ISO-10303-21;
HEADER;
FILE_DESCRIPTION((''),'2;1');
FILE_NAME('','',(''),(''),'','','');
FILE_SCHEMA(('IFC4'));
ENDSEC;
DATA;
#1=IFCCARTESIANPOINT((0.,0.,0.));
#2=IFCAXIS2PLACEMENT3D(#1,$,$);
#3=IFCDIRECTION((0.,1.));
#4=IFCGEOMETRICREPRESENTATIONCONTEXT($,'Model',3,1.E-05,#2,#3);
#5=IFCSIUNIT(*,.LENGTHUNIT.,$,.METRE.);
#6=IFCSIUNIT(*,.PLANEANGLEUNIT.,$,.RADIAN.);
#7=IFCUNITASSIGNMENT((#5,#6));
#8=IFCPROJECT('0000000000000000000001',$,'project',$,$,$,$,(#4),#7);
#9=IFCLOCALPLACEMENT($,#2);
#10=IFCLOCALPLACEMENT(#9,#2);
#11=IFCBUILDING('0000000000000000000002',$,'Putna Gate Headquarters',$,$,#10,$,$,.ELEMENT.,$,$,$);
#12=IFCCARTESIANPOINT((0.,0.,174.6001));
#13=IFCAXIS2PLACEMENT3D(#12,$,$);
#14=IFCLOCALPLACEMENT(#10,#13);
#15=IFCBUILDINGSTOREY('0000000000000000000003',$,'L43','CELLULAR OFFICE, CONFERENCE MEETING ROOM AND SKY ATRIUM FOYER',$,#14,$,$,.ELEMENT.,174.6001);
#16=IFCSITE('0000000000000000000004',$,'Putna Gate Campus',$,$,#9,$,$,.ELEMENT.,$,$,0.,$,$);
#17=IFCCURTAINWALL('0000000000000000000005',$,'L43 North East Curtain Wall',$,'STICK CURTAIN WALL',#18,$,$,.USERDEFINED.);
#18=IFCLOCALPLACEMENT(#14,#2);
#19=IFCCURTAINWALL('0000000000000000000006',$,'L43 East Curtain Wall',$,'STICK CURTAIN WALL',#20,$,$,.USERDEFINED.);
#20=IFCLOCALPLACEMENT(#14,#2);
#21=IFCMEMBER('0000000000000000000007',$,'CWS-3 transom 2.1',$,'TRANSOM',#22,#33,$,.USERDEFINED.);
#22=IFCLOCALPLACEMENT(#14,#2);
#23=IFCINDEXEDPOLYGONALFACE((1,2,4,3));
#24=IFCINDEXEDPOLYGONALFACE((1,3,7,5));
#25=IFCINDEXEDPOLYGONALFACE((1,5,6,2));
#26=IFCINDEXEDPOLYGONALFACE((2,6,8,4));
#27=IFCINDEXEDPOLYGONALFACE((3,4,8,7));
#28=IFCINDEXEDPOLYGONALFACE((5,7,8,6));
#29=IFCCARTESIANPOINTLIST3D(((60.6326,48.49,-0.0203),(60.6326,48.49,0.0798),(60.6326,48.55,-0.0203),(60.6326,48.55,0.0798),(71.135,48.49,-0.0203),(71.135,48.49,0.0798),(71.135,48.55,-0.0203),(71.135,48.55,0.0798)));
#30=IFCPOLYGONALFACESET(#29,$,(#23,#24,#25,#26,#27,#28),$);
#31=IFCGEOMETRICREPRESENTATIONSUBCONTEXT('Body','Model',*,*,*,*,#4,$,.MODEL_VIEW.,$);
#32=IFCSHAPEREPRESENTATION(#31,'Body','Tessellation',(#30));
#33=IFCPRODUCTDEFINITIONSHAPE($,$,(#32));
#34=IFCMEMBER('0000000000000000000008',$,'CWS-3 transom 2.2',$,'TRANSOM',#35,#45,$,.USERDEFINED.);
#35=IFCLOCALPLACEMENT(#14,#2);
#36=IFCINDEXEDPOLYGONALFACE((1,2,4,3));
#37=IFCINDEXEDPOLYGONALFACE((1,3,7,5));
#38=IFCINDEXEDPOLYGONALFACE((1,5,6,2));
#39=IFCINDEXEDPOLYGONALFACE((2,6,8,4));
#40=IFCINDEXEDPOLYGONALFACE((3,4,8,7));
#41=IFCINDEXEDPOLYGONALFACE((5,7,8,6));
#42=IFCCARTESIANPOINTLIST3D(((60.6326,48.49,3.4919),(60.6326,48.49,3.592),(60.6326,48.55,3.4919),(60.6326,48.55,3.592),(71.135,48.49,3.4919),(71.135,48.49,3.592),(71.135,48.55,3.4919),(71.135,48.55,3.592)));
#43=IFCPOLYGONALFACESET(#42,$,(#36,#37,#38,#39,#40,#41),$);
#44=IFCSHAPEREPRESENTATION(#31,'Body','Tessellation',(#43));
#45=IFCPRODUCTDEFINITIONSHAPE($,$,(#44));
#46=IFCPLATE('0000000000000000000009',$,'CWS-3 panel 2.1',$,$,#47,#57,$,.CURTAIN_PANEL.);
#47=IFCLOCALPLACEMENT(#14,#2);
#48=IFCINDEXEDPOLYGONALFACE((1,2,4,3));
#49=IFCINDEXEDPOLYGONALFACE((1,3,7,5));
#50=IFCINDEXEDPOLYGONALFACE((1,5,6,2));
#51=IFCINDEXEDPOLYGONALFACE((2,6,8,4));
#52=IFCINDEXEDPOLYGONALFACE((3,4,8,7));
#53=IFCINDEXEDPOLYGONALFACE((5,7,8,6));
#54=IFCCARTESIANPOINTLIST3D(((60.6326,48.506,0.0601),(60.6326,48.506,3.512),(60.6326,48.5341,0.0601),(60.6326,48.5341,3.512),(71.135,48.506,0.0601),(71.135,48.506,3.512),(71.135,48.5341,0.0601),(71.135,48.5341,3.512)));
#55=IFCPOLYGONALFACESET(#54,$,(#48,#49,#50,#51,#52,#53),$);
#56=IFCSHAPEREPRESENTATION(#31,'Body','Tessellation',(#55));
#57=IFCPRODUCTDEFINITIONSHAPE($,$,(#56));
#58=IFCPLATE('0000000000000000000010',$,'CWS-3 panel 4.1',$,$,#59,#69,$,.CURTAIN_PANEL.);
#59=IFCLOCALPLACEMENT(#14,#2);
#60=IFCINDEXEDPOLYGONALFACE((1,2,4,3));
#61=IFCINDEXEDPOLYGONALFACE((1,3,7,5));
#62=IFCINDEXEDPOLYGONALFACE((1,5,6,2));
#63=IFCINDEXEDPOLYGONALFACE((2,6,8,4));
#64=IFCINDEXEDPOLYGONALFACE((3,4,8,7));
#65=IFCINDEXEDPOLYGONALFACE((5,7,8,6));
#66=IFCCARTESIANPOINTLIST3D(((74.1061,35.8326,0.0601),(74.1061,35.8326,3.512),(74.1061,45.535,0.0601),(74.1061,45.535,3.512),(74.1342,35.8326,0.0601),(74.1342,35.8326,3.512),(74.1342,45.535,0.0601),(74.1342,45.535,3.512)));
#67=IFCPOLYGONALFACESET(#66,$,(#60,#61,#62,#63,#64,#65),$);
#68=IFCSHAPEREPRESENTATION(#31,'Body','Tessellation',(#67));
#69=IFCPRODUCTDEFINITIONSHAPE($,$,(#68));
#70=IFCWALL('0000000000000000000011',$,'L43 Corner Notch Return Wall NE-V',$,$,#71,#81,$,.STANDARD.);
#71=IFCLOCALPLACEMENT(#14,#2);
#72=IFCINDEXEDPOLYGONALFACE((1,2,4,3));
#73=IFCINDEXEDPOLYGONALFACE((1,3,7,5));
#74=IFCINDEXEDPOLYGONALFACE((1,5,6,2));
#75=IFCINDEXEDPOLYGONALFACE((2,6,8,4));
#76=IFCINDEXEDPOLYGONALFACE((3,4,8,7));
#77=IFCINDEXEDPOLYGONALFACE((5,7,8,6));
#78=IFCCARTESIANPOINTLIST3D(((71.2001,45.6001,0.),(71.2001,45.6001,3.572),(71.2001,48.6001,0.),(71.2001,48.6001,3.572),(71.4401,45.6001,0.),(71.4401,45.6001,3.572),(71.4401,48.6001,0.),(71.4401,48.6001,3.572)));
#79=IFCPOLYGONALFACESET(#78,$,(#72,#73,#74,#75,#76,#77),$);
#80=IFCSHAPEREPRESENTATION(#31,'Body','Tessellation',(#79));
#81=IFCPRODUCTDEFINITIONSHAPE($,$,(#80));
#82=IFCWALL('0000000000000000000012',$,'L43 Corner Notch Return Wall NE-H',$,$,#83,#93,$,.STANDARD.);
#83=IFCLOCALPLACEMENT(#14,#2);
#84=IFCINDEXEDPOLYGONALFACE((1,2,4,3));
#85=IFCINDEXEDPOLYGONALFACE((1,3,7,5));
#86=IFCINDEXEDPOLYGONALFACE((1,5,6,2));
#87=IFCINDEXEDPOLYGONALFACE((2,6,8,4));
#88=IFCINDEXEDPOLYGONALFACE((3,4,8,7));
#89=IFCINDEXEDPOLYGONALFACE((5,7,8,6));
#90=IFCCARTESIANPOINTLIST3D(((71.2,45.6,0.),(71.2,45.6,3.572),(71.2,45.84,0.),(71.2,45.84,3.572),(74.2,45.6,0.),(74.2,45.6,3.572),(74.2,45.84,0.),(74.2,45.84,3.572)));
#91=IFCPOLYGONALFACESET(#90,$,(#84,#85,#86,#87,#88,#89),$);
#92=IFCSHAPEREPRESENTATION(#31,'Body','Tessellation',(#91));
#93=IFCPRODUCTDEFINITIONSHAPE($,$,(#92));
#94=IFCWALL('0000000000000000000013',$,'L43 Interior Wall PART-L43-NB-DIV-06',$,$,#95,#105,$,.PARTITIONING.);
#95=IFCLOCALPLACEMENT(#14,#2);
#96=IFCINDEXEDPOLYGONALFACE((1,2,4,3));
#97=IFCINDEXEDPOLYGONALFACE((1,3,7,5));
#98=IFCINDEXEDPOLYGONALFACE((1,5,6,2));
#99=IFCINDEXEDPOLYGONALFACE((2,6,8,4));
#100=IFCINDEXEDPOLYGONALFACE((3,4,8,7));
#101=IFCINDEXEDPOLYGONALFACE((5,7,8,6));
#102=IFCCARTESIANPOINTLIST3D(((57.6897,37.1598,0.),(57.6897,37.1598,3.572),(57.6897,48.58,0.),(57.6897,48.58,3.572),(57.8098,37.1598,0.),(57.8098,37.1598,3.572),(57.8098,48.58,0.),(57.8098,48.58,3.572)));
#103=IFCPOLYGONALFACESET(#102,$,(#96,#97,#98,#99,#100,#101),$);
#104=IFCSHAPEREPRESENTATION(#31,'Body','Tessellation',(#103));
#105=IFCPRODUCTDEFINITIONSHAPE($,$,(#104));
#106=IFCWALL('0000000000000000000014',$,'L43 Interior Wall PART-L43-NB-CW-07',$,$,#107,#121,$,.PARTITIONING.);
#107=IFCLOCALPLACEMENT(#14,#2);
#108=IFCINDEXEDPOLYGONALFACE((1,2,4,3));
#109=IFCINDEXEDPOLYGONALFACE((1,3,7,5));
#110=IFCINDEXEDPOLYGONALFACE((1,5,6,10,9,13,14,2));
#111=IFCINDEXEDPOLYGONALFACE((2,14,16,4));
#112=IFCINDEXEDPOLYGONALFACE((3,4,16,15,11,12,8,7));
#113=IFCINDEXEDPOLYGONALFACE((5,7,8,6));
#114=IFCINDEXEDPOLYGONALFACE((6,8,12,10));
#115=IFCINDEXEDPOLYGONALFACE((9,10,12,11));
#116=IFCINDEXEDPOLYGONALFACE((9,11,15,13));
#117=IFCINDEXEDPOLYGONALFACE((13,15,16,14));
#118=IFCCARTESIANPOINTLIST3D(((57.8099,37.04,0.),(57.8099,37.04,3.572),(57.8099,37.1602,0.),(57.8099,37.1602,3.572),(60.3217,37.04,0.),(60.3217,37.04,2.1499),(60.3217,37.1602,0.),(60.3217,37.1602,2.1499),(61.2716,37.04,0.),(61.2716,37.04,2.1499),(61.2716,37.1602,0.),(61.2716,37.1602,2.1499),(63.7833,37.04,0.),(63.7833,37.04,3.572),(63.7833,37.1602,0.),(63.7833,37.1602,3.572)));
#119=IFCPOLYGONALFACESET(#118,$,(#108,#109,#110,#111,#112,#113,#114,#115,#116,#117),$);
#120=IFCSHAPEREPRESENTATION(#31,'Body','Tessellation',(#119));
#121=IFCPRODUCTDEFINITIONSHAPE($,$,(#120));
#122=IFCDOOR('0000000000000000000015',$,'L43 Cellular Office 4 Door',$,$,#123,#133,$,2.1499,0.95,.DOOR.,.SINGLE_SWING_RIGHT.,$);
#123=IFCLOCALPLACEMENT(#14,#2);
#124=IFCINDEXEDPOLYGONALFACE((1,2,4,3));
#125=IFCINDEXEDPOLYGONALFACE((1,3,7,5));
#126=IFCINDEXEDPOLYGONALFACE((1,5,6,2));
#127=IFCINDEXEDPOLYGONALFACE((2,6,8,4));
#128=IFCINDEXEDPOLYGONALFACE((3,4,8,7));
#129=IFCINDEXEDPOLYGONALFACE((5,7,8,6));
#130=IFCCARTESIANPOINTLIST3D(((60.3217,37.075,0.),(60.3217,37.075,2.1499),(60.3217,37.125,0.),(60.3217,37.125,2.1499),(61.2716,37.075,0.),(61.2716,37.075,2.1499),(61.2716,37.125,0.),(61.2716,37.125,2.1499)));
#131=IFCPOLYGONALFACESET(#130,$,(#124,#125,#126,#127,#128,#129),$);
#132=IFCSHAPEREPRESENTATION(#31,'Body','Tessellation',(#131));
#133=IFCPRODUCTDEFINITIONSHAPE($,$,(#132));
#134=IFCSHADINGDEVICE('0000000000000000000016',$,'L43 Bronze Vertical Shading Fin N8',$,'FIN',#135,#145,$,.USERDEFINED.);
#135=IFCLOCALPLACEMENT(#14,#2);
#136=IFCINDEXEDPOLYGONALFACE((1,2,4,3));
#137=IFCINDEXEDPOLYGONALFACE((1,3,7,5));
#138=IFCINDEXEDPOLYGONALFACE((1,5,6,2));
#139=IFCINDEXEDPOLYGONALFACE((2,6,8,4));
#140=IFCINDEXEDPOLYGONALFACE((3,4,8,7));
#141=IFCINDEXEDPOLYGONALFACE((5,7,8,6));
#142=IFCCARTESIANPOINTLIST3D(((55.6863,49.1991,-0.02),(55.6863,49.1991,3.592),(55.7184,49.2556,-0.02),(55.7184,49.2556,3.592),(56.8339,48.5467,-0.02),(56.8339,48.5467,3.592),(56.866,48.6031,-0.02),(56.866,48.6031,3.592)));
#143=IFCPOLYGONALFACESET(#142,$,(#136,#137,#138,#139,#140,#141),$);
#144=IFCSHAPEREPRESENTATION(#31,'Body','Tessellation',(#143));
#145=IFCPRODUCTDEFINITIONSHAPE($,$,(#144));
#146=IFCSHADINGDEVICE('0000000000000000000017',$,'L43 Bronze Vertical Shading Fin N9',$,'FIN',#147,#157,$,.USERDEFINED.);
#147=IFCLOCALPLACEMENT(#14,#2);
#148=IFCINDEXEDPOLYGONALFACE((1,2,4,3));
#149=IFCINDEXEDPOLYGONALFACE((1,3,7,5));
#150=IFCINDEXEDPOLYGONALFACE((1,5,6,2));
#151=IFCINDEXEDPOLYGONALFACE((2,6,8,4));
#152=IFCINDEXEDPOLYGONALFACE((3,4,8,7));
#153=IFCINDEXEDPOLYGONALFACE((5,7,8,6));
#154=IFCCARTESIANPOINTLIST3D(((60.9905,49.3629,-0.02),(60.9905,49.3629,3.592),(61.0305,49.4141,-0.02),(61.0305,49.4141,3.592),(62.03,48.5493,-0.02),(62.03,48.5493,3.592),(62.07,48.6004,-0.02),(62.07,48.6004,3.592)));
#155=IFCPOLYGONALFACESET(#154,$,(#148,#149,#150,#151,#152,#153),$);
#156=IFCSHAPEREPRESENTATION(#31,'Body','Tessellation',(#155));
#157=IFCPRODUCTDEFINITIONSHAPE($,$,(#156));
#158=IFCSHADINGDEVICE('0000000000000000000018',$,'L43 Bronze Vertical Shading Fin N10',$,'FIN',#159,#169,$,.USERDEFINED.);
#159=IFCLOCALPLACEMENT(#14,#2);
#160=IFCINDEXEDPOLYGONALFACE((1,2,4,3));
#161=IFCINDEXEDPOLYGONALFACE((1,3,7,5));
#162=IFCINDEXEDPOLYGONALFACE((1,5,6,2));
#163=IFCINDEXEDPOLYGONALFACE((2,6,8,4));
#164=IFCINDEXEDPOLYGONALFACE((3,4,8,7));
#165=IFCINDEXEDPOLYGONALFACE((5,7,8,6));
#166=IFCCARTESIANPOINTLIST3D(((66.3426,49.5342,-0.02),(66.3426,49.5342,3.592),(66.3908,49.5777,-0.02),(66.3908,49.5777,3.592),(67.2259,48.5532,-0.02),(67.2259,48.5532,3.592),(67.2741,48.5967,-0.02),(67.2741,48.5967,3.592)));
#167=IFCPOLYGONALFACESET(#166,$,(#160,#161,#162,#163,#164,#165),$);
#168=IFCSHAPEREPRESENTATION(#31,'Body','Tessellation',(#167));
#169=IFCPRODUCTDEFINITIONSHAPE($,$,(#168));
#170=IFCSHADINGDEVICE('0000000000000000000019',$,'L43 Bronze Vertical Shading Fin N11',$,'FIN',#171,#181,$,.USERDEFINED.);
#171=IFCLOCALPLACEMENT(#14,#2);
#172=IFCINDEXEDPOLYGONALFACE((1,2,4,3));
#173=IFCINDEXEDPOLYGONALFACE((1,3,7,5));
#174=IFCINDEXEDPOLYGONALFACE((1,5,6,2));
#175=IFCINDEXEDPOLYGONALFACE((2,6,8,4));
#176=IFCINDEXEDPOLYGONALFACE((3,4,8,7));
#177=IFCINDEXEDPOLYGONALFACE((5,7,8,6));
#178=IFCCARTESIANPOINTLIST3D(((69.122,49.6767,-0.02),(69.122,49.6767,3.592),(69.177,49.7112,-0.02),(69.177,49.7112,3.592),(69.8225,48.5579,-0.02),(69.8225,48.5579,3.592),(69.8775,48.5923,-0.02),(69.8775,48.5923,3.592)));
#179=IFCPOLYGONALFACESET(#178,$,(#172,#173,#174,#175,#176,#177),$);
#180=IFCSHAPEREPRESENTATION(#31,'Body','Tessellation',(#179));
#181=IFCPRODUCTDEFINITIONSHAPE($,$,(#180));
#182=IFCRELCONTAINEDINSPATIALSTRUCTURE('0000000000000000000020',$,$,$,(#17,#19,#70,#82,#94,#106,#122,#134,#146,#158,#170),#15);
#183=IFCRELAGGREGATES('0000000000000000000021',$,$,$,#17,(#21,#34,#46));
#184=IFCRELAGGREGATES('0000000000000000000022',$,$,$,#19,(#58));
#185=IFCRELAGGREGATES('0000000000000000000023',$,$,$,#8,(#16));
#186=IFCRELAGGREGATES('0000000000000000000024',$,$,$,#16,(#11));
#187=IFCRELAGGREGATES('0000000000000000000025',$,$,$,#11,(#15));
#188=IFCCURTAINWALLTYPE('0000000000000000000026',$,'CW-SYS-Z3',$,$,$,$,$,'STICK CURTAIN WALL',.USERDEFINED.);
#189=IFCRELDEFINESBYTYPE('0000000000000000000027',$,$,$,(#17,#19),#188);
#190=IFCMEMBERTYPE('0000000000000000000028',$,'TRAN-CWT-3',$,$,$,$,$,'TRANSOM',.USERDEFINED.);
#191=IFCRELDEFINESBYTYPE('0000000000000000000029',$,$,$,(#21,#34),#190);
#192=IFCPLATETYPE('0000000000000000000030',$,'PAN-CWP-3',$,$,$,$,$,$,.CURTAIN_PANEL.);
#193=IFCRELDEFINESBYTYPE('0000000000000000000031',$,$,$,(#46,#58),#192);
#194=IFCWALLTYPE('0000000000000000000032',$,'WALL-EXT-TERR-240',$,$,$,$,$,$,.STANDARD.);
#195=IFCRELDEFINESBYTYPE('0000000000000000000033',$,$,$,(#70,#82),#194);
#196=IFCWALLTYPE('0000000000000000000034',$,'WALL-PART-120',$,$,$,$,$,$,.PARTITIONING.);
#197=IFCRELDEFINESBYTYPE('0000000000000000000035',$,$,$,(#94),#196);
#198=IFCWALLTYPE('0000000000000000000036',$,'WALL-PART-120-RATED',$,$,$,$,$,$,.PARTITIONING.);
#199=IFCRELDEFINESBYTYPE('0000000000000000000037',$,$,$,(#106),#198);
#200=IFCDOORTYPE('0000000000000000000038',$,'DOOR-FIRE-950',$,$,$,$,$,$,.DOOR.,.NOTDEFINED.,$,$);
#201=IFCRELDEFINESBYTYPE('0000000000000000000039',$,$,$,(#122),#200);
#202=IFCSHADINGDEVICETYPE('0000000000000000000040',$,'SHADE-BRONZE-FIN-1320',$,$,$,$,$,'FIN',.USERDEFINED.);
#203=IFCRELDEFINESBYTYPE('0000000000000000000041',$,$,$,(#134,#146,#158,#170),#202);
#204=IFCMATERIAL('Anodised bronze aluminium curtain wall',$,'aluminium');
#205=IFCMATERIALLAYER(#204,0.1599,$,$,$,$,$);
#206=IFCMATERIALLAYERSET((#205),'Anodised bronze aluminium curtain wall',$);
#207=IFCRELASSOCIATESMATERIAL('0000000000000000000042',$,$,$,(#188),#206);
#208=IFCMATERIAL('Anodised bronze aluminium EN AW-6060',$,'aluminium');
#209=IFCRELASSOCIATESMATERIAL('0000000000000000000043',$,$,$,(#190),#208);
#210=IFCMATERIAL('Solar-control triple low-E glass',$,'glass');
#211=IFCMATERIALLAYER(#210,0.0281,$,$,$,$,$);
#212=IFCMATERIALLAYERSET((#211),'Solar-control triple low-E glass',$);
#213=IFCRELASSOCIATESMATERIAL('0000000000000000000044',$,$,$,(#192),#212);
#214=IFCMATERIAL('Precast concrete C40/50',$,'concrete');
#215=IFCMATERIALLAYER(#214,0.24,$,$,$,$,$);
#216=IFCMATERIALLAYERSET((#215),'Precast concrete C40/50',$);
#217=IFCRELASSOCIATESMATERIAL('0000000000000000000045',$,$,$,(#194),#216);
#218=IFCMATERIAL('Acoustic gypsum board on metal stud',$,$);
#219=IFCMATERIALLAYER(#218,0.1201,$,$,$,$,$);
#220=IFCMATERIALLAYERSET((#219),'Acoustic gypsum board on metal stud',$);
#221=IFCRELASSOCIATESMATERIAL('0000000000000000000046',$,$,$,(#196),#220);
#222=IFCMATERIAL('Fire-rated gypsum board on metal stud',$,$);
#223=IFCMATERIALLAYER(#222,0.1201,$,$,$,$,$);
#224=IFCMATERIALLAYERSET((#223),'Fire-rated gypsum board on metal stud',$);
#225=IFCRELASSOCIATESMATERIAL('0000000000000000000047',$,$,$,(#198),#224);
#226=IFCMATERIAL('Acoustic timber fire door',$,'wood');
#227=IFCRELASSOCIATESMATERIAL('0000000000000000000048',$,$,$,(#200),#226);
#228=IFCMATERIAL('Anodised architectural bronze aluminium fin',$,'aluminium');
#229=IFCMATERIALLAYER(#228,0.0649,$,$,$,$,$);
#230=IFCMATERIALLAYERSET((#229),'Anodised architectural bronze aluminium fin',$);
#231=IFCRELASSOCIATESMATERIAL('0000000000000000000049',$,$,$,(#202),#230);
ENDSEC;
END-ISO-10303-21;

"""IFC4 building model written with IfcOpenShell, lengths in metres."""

from ifc_helpers import new_model, si_unit, direction, frame, frame_2d, origin, origin_2d, place, context, subcontext, project, spatial, rectangle, extrude, material, layer, layer_set, material_profile, profile_set, type_object, element, fill, aggregate, save


model = new_model("IFC4")

# Units and contexts
model_context = context("Model", 3, precision=1e-05, world=origin(), true_north=direction((0.0, 1.0)))
body_context = subcontext(model_context, "Body", "Model", "MODEL_VIEW")
ifc_project = project(units=[si_unit("LENGTHUNIT", "METRE"), si_unit("PLANEANGLEUNIT", "RADIAN")], contexts=[model_context])

# Site, building, storey
site_placement = place(None, origin())
site = spatial("IfcSite", under=ifc_project, at=site_placement, Name="Putna Gate Campus", CompositionType="ELEMENT", RefElevation=0.0)
building_placement = place(site_placement, origin())
building = spatial("IfcBuilding", under=site, at=building_placement, Name="Putna Gate Headquarters", CompositionType="ELEMENT")
storey_placement = place(building_placement, frame((0.0, 0.0, 174.6001)))
storey = spatial("IfcBuildingStorey", under=building, at=storey_placement, Name="L43", Description="CELLULAR OFFICE, CONFERENCE MEETING ROOM AND SKY ATRIUM FOYER", CompositionType="ELEMENT", Elevation=174.6001)

# Curtain wall
ifc_material_1 = material(Name="Anodised bronze aluminium curtain wall", Category="aluminium")
ifc_layer_1 = layer(ifc_material_1, 0.1599)
ifc_layer_set_1 = layer_set([ifc_layer_1], Name="Anodised bronze aluminium curtain wall")
curtain_wall_type = type_object("IfcCurtainWallType", Name="CW-SYS-Z3", ElementType="STICK CURTAIN WALL", PredefinedType="USERDEFINED", material=ifc_layer_set_1)
curtain_wall_1_placement = place(storey_placement, origin())
curtain_wall_1 = element("IfcCurtainWall", 1, at=curtain_wall_1_placement, inside=storey, type_object=curtain_wall_type, Name="L43 North East Curtain Wall", ObjectType="STICK CURTAIN WALL", PredefinedType="USERDEFINED")
ifc_material_2 = material(Name="Anodised bronze aluminium EN AW-6060", Category="aluminium")

# Curtain wall
curtain_wall_2_placement = place(storey_placement, origin())
curtain_wall_2 = element("IfcCurtainWall", 2, at=curtain_wall_2_placement, inside=storey, type_object=curtain_wall_type, Name="L43 East Curtain Wall", ObjectType="STICK CURTAIN WALL", PredefinedType="USERDEFINED")

# Members
ifc_material_profile_1 = material_profile(ifc_material_2, rectangle(XDim=0.0601, YDim=0.1001, at=origin_2d()), Name="Anodised bronze aluminium EN AW-6060")
ifc_profile_set_1 = profile_set([ifc_material_profile_1], Name="Anodised bronze aluminium EN AW-6060")
member_type_1 = type_object("IfcMemberType", Name="TRAN-CWT-3", ElementType="TRANSOM", PredefinedType="USERDEFINED", material=ifc_profile_set_1)
member_1_placement = place(storey_placement, frame((60.6326, 48.52, 0.0298), z_axis=(1.0, 0.0, 0.0), x_axis=(0.0, 1.0, 0.0)))
member_1 = element("IfcMember", 3, at=member_1_placement, type_object=member_type_1, Name="CWS-3 transom 2.1", ObjectType="TRANSOM", PredefinedType="USERDEFINED", context=body_context, shape_type="SweptSolid", body=[
    extrude(rectangle(XDim=0.0601, YDim=0.1001, at=origin_2d()), origin(), (0.0, 0.0, 1.0), 10.5024),
])
member_2_placement = place(storey_placement, frame((60.6326, 48.52, 3.542), z_axis=(1.0, 0.0, 0.0), x_axis=(0.0, 1.0, 0.0)))
member_2 = element("IfcMember", 4, at=member_2_placement, type_object=member_type_1, Name="CWS-3 transom 2.2", ObjectType="TRANSOM", PredefinedType="USERDEFINED", context=body_context, shape_type="SweptSolid", body=[
    extrude(rectangle(XDim=0.0601, YDim=0.1001, at=origin_2d()), origin(), (0.0, 0.0, 1.0), 10.5024),
])

# Plates
ifc_material_3 = material(Name="Solar-control triple low-E glass", Category="glass")
ifc_layer_2 = layer(ifc_material_3, 0.0281)
ifc_layer_set_2 = layer_set([ifc_layer_2], Name="Solar-control triple low-E glass")
plate_type = type_object("IfcPlateType", Name="PAN-CWP-3", PredefinedType="CURTAIN_PANEL", material=ifc_layer_set_2)
plate_1_placement = place(storey_placement, frame((65.8838, 48.52, 0.0601), z_axis=(0.0, 0.0, 1.0), x_axis=(1.0, 0.0, 0.0)))
plate_1 = element("IfcPlate", 5, at=plate_1_placement, type_object=plate_type, Name="CWS-3 panel 2.1", PredefinedType="CURTAIN_PANEL", context=body_context, shape_type="SweptSolid", body=[
    extrude(rectangle(XDim=10.5024, YDim=0.0281, at=origin_2d()), origin(), (0.0, 0.0, 1.0), 3.4519),
])
aggregate(curtain_wall_1, [member_1, member_2, plate_1])
plate_2_placement = place(storey_placement, frame((74.1201, 40.6838, 0.0601), z_axis=(0.0, 0.0, 1.0), x_axis=(0.0, 1.0, 0.0)))
plate_2 = element("IfcPlate", 6, at=plate_2_placement, type_object=plate_type, Name="CWS-3 panel 4.1", PredefinedType="CURTAIN_PANEL", context=body_context, shape_type="SweptSolid", body=[
    extrude(rectangle(XDim=9.7024, YDim=0.0281, at=origin_2d()), origin(), (0.0, 0.0, 1.0), 3.4519),
])
aggregate(curtain_wall_2, [plate_2])

# Walls
ifc_material_4 = material(Name="Precast concrete C40/50", Category="concrete")
ifc_layer_3 = layer(ifc_material_4, 0.24)
ifc_layer_set_3 = layer_set([ifc_layer_3], Name="Precast concrete C40/50")
wall_type_1 = type_object("IfcWallType", Name="WALL-EXT-TERR-240", PredefinedType="STANDARD", material=ifc_layer_set_3)
for number, where, z_axis, x_axis, name in (
    (7, (71.3201, 48.6001, 0.0), (0.0, 0.0, 1.0), (0.0, -1.0, 0.0), "L43 Corner Notch Return Wall NE-V"),
    (8, (71.2, 45.72, 0.0), (0.0, 0.0, 1.0), (1.0, 0.0, 0.0), "L43 Corner Notch Return Wall NE-H"),
):
    element("IfcWall", number, at=place(storey_placement, frame(where, z_axis=z_axis, x_axis=x_axis)), inside=storey, type_object=wall_type_1, Name=name, PredefinedType="STANDARD", context=body_context, shape_type="SweptSolid", body=[
        extrude(rectangle(XDim=3.0, YDim=0.24, at=frame_2d((1.5, 0.0))), origin(), (0.0, 0.0, 1.0), 3.572),
    ])
ifc_material_5 = material(Name="Acoustic gypsum board on metal stud")
ifc_layer_4 = layer(ifc_material_5, 0.1201)
ifc_layer_set_4 = layer_set([ifc_layer_4], Name="Acoustic gypsum board on metal stud")
wall_type_2 = type_object("IfcWallType", Name="WALL-PART-120", PredefinedType="PARTITIONING", material=ifc_layer_set_4)
wall_1_placement = place(storey_placement, frame((57.7498, 37.1599, 0.0), z_axis=(0.0, 0.0, 1.0), x_axis=(0.0, 1.0, 0.0)))
element("IfcWall", 9, at=wall_1_placement, inside=storey, type_object=wall_type_2, Name="L43 Interior Wall PART-L43-NB-DIV-06", PredefinedType="PARTITIONING", context=body_context, shape_type="SweptSolid", body=[
    extrude(rectangle(XDim=11.4202, YDim=0.1201, at=frame_2d((5.71, 0.0))), origin(), (0.0, 0.0, 1.0), 3.572),
])

# Wall, opening, door
ifc_material_6 = material(Name="Fire-rated gypsum board on metal stud")
ifc_layer_5 = layer(ifc_material_6, 0.1201)
ifc_layer_set_5 = layer_set([ifc_layer_5], Name="Fire-rated gypsum board on metal stud")
wall_type_3 = type_object("IfcWallType", Name="WALL-PART-120-RATED", PredefinedType="PARTITIONING", material=ifc_layer_set_5)
wall_2_placement = place(storey_placement, frame((57.8098, 37.1001, 0.0), z_axis=(0.0, 0.0, 1.0), x_axis=(1.0, 0.0, 0.0)))
wall_2 = element("IfcWall", 10, at=wall_2_placement, inside=storey, type_object=wall_type_3, Name="L43 Interior Wall PART-L43-NB-CW-07", PredefinedType="PARTITIONING", context=body_context, shape_type="SweptSolid", body=[
    extrude(rectangle(XDim=5.9734, YDim=0.1201, at=frame_2d((2.9868, 0.0))), origin(), (0.0, 0.0, 1.0), 3.572),
])
opening_placement = place(wall_2_placement, frame((2.5117, 0.0, 0.0)))
opening = element("IfcOpeningElement", 11, at=opening_placement, cuts=wall_2, PredefinedType="OPENING", context=body_context, shape_type="SweptSolid", body=[
    extrude(rectangle(XDim=0.95, YDim=2.1499, at=frame_2d((0.4751, 1.075))), frame((0.0, 0.0701, 0.0), z_axis=(0.0, -1.0, 0.0), x_axis=(1.0, 0.0, 0.0)), (0.0, 0.0, 1.0), 0.1401),
])
ifc_material_7 = material(Name="Acoustic timber fire door", Category="wood")
door_type = type_object("IfcDoorType", Name="DOOR-FIRE-950", OperationType="NOTDEFINED", PredefinedType="DOOR", material=ifc_material_7)
door_placement = place(opening_placement, origin())
door = element("IfcDoor", 12, at=door_placement, inside=storey, type_object=door_type, Name="L43 Cellular Office 4 Door", OperationType="SINGLE_SWING_RIGHT", OverallHeight=2.1499, OverallWidth=0.95, PredefinedType="DOOR", context=body_context, shape_type="SweptSolid", body=[
    extrude(rectangle(XDim=0.95, YDim=2.1499, at=frame_2d((0.4751, 1.075))), frame((0.0, 0.0249, 0.0), z_axis=(0.0, -1.0, 0.0), x_axis=(1.0, 0.0, 0.0)), (0.0, 0.0, 1.0), 0.05),
])
fill(opening, door)

# Shading devices
ifc_material_8 = material(Name="Anodised architectural bronze aluminium fin", Category="aluminium")
ifc_layer_6 = layer(ifc_material_8, 0.0649)
ifc_layer_set_6 = layer_set([ifc_layer_6], Name="Anodised architectural bronze aluminium fin")
shading_device_type = type_object("IfcShadingDeviceType", Name="SHADE-BRONZE-FIN-1320", ElementType="FIN", PredefinedType="USERDEFINED", material=ifc_layer_set_6)
for number, where, z_axis, x_axis, name in (
    (13, (56.2761, 48.9011, -0.02), (0.0, 0.0, 1.0), (-0.869322, 0.494245, 0.0), "L43 Bronze Vertical Shading Fin N8"),
    (14, (61.5303, 48.9817, -0.02), (0.0, 0.0, 1.0), (-0.787473, 0.616349, 0.0), "L43 Bronze Vertical Shading Fin N9"),
    (15, (66.8083, 49.0654, -0.02), (0.0, 0.0, 1.0), (-0.669131, 0.743145, 0.0), "L43 Bronze Vertical Shading Fin N10"),
    (16, (69.4998, 49.1345, -0.02), (0.0, 0.0, 1.0), (-0.530659, 0.847585, 0.0), "L43 Bronze Vertical Shading Fin N11"),
):
    element("IfcShadingDevice", number, at=place(storey_placement, frame(where, z_axis=z_axis, x_axis=x_axis)), inside=storey, type_object=shading_device_type, Name=name, ObjectType="FIN", PredefinedType="USERDEFINED", context=body_context, shape_type="SweptSolid", body=[
        extrude(rectangle(XDim=1.3201, YDim=0.0649, at=origin_2d()), origin(), (0.0, 0.0, 1.0), 3.6121),
    ])

save(model, "model.ifc")
